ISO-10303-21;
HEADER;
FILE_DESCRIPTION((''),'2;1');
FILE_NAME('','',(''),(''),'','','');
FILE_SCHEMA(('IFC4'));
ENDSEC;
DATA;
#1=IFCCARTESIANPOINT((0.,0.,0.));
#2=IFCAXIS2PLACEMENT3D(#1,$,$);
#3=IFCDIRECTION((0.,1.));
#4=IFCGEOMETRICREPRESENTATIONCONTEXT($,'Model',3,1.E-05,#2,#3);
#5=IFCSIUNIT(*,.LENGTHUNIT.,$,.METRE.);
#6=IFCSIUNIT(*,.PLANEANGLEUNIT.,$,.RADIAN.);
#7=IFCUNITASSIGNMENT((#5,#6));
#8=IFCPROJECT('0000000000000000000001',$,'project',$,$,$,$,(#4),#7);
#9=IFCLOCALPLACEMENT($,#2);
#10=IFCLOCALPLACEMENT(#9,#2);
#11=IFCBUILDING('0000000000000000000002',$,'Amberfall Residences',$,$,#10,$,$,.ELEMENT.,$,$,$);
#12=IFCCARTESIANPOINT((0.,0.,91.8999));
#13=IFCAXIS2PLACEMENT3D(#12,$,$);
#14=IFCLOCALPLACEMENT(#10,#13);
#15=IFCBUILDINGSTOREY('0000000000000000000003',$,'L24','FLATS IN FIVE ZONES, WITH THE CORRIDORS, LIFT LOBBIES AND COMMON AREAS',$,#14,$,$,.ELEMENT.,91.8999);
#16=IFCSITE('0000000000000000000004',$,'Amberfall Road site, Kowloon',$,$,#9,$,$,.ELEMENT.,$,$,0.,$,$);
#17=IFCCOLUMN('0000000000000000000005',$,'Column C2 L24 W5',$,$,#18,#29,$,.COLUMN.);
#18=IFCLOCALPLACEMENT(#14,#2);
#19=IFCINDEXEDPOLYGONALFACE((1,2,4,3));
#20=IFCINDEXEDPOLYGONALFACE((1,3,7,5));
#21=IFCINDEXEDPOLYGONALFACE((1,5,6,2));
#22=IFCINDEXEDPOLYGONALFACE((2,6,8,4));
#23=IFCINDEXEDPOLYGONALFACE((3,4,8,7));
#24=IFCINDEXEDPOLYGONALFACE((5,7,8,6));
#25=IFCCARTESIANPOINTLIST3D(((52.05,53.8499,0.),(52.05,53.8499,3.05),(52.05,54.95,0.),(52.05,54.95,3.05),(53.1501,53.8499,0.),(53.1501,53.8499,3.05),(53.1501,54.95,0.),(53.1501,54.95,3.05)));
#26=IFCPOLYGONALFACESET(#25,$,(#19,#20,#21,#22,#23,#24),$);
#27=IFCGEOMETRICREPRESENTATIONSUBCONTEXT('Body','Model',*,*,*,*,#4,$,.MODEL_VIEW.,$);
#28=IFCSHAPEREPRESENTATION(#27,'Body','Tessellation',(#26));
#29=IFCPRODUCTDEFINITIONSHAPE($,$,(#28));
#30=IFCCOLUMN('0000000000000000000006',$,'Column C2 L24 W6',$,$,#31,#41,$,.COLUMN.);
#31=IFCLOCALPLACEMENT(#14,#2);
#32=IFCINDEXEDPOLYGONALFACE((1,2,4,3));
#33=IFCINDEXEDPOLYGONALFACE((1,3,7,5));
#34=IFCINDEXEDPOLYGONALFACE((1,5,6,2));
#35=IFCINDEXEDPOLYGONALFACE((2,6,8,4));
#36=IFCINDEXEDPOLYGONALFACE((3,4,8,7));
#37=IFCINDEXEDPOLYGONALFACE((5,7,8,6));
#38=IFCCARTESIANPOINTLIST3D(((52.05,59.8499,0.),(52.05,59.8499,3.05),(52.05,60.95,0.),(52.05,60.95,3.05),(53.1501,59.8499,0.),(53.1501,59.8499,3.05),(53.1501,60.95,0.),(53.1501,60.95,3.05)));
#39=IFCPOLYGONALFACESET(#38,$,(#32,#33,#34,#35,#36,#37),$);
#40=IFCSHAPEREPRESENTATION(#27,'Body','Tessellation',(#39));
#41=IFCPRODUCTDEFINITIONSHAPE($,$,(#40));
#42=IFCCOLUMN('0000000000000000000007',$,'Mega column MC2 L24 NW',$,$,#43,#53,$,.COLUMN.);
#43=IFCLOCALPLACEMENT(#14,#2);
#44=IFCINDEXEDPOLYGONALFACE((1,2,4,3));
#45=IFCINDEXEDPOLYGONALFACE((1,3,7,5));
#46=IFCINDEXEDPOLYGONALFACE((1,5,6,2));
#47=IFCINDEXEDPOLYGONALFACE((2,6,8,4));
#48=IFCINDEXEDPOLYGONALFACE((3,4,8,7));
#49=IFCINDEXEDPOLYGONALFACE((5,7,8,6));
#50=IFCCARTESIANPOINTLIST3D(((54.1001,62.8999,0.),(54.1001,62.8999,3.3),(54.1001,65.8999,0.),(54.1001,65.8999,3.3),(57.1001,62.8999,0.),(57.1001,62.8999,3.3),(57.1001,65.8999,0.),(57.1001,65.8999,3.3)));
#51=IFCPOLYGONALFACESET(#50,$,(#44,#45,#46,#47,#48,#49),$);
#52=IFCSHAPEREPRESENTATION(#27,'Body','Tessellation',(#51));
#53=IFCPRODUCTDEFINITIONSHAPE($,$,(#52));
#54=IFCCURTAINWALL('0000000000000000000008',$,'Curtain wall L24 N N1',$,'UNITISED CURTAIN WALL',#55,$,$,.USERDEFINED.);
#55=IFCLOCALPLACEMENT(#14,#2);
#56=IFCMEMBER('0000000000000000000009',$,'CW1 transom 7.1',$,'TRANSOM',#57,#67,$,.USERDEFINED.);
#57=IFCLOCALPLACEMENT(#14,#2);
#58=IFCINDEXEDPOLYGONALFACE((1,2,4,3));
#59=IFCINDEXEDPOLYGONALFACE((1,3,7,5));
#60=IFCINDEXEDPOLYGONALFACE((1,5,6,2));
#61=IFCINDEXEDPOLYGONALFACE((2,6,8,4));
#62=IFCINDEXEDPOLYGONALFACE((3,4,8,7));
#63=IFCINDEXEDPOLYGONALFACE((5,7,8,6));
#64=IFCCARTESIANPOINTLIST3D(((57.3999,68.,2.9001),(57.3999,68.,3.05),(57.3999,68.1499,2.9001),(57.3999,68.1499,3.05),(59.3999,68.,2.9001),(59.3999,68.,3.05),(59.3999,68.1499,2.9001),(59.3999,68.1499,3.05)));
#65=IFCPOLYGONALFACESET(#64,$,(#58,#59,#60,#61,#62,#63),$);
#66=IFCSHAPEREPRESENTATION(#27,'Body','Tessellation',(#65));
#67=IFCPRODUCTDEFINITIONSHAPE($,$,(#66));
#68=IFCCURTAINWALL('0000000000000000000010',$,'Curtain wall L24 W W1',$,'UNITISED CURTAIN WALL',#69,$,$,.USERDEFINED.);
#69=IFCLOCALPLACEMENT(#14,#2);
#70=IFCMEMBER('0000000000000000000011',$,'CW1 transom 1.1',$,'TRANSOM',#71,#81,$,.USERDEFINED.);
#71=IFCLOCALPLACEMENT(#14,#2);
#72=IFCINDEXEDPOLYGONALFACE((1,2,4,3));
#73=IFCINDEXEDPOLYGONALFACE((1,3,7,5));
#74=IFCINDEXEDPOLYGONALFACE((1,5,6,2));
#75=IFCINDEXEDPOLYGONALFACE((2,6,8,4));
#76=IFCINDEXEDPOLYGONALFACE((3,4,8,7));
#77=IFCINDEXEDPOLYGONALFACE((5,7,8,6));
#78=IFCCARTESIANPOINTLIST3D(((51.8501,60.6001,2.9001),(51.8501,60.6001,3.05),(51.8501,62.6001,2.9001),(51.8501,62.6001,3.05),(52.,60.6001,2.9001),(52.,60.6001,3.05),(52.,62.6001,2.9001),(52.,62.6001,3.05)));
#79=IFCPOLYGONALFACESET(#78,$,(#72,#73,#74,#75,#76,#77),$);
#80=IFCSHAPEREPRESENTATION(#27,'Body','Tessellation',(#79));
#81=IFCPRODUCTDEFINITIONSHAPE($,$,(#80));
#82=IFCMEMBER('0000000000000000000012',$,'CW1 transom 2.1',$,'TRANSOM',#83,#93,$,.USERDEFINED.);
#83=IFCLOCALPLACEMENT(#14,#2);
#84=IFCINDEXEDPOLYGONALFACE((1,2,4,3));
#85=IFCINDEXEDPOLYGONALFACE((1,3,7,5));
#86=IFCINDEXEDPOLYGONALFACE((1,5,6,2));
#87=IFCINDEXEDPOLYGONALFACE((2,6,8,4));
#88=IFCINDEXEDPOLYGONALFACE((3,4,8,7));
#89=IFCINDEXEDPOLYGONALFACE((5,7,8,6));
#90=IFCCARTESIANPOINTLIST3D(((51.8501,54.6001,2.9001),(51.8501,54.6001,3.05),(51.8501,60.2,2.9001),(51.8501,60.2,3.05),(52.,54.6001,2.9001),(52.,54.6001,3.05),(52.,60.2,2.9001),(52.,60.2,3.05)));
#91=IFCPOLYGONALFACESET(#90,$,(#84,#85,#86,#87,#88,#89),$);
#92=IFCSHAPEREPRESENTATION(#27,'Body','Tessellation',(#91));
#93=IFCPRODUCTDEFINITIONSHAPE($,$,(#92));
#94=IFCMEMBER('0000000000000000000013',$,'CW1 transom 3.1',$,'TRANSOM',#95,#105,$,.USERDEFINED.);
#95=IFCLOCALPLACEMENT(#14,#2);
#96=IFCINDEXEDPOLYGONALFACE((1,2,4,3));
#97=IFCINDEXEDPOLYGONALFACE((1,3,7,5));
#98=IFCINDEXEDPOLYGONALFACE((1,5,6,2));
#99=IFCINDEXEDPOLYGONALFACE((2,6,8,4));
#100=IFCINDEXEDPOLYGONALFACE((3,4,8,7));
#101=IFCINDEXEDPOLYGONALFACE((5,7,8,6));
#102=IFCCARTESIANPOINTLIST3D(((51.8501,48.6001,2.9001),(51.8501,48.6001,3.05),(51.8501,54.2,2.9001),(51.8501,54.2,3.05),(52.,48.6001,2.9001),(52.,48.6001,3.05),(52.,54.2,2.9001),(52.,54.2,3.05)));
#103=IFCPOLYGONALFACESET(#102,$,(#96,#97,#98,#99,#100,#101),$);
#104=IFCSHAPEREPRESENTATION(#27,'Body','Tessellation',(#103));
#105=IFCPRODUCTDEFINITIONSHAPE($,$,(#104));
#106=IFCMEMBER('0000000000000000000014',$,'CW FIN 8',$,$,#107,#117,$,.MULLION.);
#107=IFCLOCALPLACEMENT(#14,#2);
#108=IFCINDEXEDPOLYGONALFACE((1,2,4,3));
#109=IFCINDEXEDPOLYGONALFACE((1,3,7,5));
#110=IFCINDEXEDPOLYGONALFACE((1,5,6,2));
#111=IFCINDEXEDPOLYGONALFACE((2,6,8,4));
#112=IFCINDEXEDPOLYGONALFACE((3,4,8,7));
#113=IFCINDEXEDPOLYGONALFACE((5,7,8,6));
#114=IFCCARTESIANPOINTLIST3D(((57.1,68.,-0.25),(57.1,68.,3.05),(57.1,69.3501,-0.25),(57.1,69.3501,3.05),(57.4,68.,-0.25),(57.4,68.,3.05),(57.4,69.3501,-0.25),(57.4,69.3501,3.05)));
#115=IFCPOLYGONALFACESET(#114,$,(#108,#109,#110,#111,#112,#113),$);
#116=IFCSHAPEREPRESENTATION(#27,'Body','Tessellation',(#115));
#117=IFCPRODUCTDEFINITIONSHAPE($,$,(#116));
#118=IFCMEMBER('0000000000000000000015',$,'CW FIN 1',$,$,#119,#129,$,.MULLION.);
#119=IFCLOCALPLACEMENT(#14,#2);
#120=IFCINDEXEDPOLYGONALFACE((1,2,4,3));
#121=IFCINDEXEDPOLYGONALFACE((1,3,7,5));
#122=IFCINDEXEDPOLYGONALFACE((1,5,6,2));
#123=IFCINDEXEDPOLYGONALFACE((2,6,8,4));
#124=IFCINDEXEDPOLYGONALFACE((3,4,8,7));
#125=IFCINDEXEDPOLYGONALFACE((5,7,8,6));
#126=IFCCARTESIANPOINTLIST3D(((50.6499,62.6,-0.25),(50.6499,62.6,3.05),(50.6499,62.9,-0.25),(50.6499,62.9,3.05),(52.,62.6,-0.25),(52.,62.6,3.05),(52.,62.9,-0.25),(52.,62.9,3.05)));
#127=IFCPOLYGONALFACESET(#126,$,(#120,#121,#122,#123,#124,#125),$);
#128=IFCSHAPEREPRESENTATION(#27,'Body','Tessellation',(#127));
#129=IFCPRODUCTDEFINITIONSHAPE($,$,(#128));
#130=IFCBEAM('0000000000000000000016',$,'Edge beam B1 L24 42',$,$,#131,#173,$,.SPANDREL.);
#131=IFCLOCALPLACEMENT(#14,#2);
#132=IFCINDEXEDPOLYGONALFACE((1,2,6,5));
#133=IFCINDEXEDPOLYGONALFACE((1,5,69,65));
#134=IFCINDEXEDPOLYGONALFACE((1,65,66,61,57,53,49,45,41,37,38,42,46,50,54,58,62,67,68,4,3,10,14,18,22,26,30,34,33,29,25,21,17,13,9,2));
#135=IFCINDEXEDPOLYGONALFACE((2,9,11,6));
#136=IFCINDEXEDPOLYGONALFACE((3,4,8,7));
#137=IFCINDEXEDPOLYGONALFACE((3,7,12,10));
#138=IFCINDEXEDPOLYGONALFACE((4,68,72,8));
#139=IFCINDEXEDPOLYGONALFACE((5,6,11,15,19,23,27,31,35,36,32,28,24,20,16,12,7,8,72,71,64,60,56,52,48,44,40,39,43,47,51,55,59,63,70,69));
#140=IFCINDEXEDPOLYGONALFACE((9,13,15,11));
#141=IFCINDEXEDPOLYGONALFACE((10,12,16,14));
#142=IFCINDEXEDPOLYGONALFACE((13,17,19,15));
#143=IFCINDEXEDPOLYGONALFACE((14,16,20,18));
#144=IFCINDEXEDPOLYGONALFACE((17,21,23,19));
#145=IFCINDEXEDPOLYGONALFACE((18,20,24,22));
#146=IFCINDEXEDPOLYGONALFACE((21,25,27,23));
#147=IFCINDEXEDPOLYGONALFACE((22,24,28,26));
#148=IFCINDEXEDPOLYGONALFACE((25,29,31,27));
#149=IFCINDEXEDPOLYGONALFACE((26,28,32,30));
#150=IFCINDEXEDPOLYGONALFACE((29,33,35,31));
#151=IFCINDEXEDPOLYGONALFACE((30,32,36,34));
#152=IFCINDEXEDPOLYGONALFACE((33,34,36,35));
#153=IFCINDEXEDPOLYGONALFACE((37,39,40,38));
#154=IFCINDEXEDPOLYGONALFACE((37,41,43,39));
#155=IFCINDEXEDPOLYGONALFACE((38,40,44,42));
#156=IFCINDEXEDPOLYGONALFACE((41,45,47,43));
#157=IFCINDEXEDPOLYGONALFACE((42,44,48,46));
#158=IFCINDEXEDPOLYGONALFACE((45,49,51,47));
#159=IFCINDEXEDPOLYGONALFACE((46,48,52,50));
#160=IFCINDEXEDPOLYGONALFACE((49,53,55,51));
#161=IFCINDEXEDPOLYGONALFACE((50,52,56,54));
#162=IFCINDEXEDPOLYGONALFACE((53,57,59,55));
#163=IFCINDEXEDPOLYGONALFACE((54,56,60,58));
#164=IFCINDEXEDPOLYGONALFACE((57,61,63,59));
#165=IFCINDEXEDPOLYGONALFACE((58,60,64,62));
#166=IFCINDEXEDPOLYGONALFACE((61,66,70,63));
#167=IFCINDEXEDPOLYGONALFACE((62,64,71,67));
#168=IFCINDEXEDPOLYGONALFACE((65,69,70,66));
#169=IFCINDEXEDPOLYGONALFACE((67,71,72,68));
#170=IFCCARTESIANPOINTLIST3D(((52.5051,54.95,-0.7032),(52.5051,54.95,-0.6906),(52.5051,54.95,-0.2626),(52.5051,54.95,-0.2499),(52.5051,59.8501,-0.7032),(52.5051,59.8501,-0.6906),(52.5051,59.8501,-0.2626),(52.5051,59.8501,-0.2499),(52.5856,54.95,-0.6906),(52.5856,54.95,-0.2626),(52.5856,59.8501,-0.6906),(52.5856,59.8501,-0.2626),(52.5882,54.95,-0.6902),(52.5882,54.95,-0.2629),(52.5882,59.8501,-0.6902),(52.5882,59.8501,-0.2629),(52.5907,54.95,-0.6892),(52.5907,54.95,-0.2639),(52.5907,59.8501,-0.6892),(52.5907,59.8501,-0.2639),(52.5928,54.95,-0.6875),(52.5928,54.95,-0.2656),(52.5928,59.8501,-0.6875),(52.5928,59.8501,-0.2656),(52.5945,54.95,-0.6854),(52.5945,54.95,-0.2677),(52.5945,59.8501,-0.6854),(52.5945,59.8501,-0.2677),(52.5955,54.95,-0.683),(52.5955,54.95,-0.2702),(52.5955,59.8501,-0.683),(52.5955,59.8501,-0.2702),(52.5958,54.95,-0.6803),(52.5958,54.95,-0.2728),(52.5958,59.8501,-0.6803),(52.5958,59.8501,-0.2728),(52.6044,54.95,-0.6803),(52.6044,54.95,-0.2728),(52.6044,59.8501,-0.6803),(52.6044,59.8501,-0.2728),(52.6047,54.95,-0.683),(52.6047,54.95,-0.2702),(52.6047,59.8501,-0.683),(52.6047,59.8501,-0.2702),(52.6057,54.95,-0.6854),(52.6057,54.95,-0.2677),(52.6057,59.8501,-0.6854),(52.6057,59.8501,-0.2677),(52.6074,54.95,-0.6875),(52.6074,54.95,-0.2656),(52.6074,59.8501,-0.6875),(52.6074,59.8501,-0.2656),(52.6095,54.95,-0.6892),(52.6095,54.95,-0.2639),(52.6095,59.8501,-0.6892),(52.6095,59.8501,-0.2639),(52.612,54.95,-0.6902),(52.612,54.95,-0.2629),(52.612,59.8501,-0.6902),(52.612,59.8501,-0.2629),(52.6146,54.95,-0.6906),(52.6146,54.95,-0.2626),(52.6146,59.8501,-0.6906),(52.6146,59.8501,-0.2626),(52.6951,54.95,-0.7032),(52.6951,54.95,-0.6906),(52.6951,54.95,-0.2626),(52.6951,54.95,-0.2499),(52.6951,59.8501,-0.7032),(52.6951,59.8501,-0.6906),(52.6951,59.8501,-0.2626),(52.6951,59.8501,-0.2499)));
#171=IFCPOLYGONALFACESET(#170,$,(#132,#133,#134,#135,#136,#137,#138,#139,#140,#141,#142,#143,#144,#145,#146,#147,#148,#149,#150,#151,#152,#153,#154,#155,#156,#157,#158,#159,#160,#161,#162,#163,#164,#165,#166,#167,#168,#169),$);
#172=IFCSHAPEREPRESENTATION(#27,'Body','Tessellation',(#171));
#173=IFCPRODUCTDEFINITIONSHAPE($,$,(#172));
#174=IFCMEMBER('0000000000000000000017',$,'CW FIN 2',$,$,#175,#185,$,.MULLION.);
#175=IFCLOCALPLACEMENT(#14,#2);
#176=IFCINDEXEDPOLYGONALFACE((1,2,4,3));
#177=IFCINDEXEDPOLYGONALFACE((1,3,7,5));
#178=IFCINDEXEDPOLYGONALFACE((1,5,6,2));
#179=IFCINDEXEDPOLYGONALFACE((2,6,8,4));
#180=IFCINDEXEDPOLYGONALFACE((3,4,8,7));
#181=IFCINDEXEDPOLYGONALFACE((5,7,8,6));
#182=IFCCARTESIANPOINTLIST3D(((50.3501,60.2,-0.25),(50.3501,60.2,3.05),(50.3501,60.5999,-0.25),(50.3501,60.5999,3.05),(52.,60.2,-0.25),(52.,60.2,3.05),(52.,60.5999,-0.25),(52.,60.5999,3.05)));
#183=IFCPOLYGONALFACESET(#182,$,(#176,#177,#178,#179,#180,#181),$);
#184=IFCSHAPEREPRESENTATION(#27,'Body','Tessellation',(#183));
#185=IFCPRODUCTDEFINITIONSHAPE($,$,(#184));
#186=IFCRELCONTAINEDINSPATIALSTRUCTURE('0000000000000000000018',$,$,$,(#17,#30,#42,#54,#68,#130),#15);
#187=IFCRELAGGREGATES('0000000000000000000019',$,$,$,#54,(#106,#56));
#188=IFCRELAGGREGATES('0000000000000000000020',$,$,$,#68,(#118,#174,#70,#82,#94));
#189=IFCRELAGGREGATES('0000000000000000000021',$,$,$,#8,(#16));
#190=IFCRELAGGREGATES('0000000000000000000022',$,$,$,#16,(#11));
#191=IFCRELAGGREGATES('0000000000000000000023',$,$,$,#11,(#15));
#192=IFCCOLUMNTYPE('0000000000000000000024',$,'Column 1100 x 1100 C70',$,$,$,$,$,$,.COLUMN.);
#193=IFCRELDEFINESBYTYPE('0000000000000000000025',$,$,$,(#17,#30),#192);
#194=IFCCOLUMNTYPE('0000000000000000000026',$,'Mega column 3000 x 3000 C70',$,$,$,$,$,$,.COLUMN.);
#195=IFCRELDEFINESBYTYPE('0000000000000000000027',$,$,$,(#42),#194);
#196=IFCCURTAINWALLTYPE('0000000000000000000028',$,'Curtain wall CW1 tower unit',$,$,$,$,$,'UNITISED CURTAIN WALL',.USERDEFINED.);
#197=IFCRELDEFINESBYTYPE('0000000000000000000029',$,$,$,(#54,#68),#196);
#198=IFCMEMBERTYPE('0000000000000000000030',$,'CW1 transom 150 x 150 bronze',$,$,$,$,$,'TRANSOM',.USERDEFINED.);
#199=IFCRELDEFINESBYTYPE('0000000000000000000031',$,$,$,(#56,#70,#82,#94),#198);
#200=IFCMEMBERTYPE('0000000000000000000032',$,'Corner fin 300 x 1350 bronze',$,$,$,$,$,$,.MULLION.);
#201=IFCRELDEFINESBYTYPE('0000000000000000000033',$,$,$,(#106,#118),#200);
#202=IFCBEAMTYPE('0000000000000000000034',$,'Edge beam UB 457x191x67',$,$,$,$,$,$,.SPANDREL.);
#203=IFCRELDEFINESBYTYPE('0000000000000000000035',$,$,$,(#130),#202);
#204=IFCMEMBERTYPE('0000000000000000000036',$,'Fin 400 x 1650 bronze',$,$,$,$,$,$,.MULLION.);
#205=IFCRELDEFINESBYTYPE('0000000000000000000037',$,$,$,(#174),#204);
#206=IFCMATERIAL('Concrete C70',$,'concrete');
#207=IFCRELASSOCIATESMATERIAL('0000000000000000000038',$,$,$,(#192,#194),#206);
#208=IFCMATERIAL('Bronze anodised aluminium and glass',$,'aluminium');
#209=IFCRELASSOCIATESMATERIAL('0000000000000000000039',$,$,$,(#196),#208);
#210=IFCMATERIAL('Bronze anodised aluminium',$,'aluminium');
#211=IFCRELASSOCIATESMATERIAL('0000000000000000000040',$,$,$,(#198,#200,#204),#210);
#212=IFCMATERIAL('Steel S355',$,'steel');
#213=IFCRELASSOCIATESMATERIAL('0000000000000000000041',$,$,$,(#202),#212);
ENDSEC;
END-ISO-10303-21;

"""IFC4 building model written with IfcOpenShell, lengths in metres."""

from ifc_helpers import new_model, si_unit, direction, frame, origin, origin_2d, place, context, subcontext, project, spatial, rectangle, i_section, extrude, material, material_profile, profile_set, type_object, element, aggregate, save


model = new_model("IFC4")

# Units and contexts
model_context = context("Model", 3, precision=1e-05, world=origin(), true_north=direction((0.0, 1.0)))
body_context = subcontext(model_context, "Body", "Model", "MODEL_VIEW")
ifc_project = project(units=[si_unit("LENGTHUNIT", "METRE"), si_unit("PLANEANGLEUNIT", "RADIAN")], contexts=[model_context])

# Site, building, storey
site_placement = place(None, origin())
site = spatial("IfcSite", under=ifc_project, at=site_placement, Name="Amberfall Road site, Kowloon", CompositionType="ELEMENT", RefElevation=0.0)
building_placement = place(site_placement, origin())
building = spatial("IfcBuilding", under=site, at=building_placement, Name="Amberfall Residences", CompositionType="ELEMENT")
storey_placement = place(building_placement, frame((0.0, 0.0, 91.8999)))
storey = spatial("IfcBuildingStorey", under=building, at=storey_placement, Name="L24", Description="FLATS IN FIVE ZONES, WITH THE CORRIDORS, LIFT LOBBIES AND COMMON AREAS", CompositionType="ELEMENT", Elevation=91.8999)

# Columns
ifc_material_1 = material(Name="Concrete C70", Category="concrete")
ifc_material_profile_1 = material_profile(ifc_material_1, rectangle(XDim=1.1001, YDim=1.1001, at=origin_2d()), Name="Column 1100 x 1100 C70")
ifc_profile_set_1 = profile_set([ifc_material_profile_1], Name="Concrete C70")
column_type_1 = type_object("IfcColumnType", Name="Column 1100 x 1100 C70", PredefinedType="COLUMN", material=ifc_profile_set_1)
for number, where, z_axis, x_axis, name in (
    (1, (52.6001, 54.3999, 0.0), (0.0, 0.0, 1.0), (1.0, 0.0, 0.0), "Column C2 L24 W5"),
    (2, (52.6001, 60.3999, 0.0), (0.0, 0.0, 1.0), (1.0, 0.0, 0.0), "Column C2 L24 W6"),
):
    element("IfcColumn", number, at=place(storey_placement, frame(where, z_axis=z_axis, x_axis=x_axis)), inside=storey, type_object=column_type_1, Name=name, PredefinedType="COLUMN", context=body_context, shape_type="SweptSolid", body=[
        extrude(rectangle(XDim=1.1001, YDim=1.1001, at=origin_2d()), origin(), (0.0, 0.0, 1.0), 3.05),
    ])
ifc_material_profile_2 = material_profile(ifc_material_1, rectangle(XDim=3.0, YDim=3.0, at=origin_2d()), Name="Mega column 3000 x 3000 C70")
ifc_profile_set_2 = profile_set([ifc_material_profile_2], Name="Concrete C70")
column_type_2 = type_object("IfcColumnType", Name="Mega column 3000 x 3000 C70", PredefinedType="COLUMN", material=ifc_profile_set_2)
column_placement = place(storey_placement, frame((55.6001, 64.3999, 0.0), z_axis=(0.0, 0.0, 1.0), x_axis=(1.0, 0.0, 0.0)))
element("IfcColumn", 3, at=column_placement, inside=storey, type_object=column_type_2, Name="Mega column MC2 L24 NW", PredefinedType="COLUMN", context=body_context, shape_type="SweptSolid", body=[
    extrude(rectangle(XDim=3.0, YDim=3.0, at=origin_2d()), origin(), (0.0, 0.0, 1.0), 3.3),
])

# Curtain wall, member
ifc_material_2 = material(Name="Bronze anodised aluminium and glass", Category="aluminium")
curtain_wall_type = type_object("IfcCurtainWallType", Name="Curtain wall CW1 tower unit", ElementType="UNITISED CURTAIN WALL", PredefinedType="USERDEFINED", material=ifc_material_2)
curtain_wall_1_placement = place(storey_placement, origin())
curtain_wall_1 = element("IfcCurtainWall", 4, at=curtain_wall_1_placement, inside=storey, type_object=curtain_wall_type, Name="Curtain wall L24 N N1", ObjectType="UNITISED CURTAIN WALL", PredefinedType="USERDEFINED")
ifc_material_3 = material(Name="Bronze anodised aluminium", Category="aluminium")
ifc_material_profile_3 = material_profile(ifc_material_3, rectangle(XDim=0.1499, YDim=0.1499, at=origin_2d()), Name="CW1 transom 150 x 150 bronze")
ifc_profile_set_3 = profile_set([ifc_material_profile_3], Name="Bronze anodised aluminium")
member_type_1 = type_object("IfcMemberType", Name="CW1 transom 150 x 150 bronze", ElementType="TRANSOM", PredefinedType="USERDEFINED", material=ifc_profile_set_3)
member_1_placement = place(storey_placement, frame((59.3999, 68.075, 2.9751), z_axis=(-1.0, 0.0, 0.0), x_axis=(0.0, -1.0, 0.0)))
member_1 = element("IfcMember", 5, at=member_1_placement, type_object=member_type_1, Name="CW1 transom 7.1", ObjectType="TRANSOM", PredefinedType="USERDEFINED", context=body_context, shape_type="SweptSolid", body=[
    extrude(rectangle(XDim=0.1499, YDim=0.1499, at=origin_2d()), origin(), (0.0, 0.0, 1.0), 2.0),
])

# Curtain wall, members
curtain_wall_2_placement = place(storey_placement, origin())
curtain_wall_2 = element("IfcCurtainWall", 6, at=curtain_wall_2_placement, inside=storey, type_object=curtain_wall_type, Name="Curtain wall L24 W W1", ObjectType="UNITISED CURTAIN WALL", PredefinedType="USERDEFINED")
member_2_placement = place(storey_placement, frame((51.925, 62.6001, 2.9751), z_axis=(0.0, -1.0, 0.0), x_axis=(1.0, 0.0, 0.0)))
member_2 = element("IfcMember", 7, at=member_2_placement, type_object=member_type_1, Name="CW1 transom 1.1", ObjectType="TRANSOM", PredefinedType="USERDEFINED", context=body_context, shape_type="SweptSolid", body=[
    extrude(rectangle(XDim=0.1499, YDim=0.1499, at=origin_2d()), origin(), (0.0, 0.0, 1.0), 2.0),
])
member_3_placement = place(storey_placement, frame((51.925, 60.2, 2.9751), z_axis=(0.0, -1.0, 0.0), x_axis=(1.0, 0.0, 0.0)))
member_3 = element("IfcMember", 8, at=member_3_placement, type_object=member_type_1, Name="CW1 transom 2.1", ObjectType="TRANSOM", PredefinedType="USERDEFINED", context=body_context, shape_type="SweptSolid", body=[
    extrude(rectangle(XDim=0.1499, YDim=0.1499, at=origin_2d()), origin(), (0.0, 0.0, 1.0), 5.5999),
])
member_4_placement = place(storey_placement, frame((51.925, 54.2, 2.9751), z_axis=(0.0, -1.0, 0.0), x_axis=(1.0, 0.0, 0.0)))
member_4 = element("IfcMember", 9, at=member_4_placement, type_object=member_type_1, Name="CW1 transom 3.1", ObjectType="TRANSOM", PredefinedType="USERDEFINED", context=body_context, shape_type="SweptSolid", body=[
    extrude(rectangle(XDim=0.1499, YDim=0.1499, at=origin_2d()), origin(), (0.0, 0.0, 1.0), 5.5999),
])

# Members
ifc_material_profile_4 = material_profile(ifc_material_3, rectangle(XDim=1.3501, YDim=0.3, at=origin_2d()), Name="Corner fin 300 x 1350 bronze")
ifc_profile_set_4 = profile_set([ifc_material_profile_4], Name="Bronze anodised aluminium")
member_type_2 = type_object("IfcMemberType", Name="Corner fin 300 x 1350 bronze", PredefinedType="MULLION", material=ifc_profile_set_4)
member_5_placement = place(storey_placement, frame((57.25, 68.675, -0.25), z_axis=(0.0, 0.0, 1.0), x_axis=(0.0, -1.0, 0.0)))
member_5 = element("IfcMember", 10, at=member_5_placement, type_object=member_type_2, Name="CW FIN 8", PredefinedType="MULLION", context=body_context, shape_type="SweptSolid", body=[
    extrude(rectangle(XDim=1.3501, YDim=0.3, at=origin_2d()), origin(), (0.0, 0.0, 1.0), 3.3),
])
member_6_placement = place(storey_placement, frame((51.325, 62.75, -0.25), z_axis=(0.0, 0.0, 1.0), x_axis=(1.0, 0.0, 0.0)))
member_6 = element("IfcMember", 11, at=member_6_placement, type_object=member_type_2, Name="CW FIN 1", PredefinedType="MULLION", context=body_context, shape_type="SweptSolid", body=[
    extrude(rectangle(XDim=1.3501, YDim=0.3, at=origin_2d()), origin(), (0.0, 0.0, 1.0), 3.3),
])

# Beam
ifc_material_4 = material(Name="Steel S355", Category="steel")
ifc_material_profile_5 = material_profile(ifc_material_4, i_section(OverallWidth=0.1899, OverallDepth=0.4534, WebThickness=0.0085, FlangeThickness=0.0127, FilletRadius=0.0103, at=origin_2d()), Name="UB 457x191x67")
ifc_profile_set_5 = profile_set([ifc_material_profile_5], Name="Steel S355")
beam_type_1 = type_object("IfcBeamType", Name="Edge beam UB 457x191x67", PredefinedType="SPANDREL", material=ifc_profile_set_5)
beam_1_placement = place(storey_placement, frame((52.6001, 54.95, -0.4766), z_axis=(0.0, 1.0, 0.0), x_axis=(-1.0, 0.0, 0.0)))
element("IfcBeam", 12, at=beam_1_placement, inside=storey, type_object=beam_type_1, Name="Edge beam B1 L24 42", PredefinedType="SPANDREL", context=body_context, shape_type="SweptSolid", body=[
    extrude(i_section(OverallWidth=0.1899, OverallDepth=0.4534, WebThickness=0.0085, FlangeThickness=0.0127, FilletRadius=0.0103, at=origin_2d()), origin(), (0.0, 0.0, 1.0), 4.9001),
])

# Member
ifc_material_profile_6 = material_profile(ifc_material_3, rectangle(XDim=1.6499, YDim=0.3999, at=origin_2d()), Name="Fin 400 x 1650 bronze")
ifc_profile_set_6 = profile_set([ifc_material_profile_6], Name="Bronze anodised aluminium")
member_type_3 = type_object("IfcMemberType", Name="Fin 400 x 1650 bronze", PredefinedType="MULLION", material=ifc_profile_set_6)
member_7_placement = place(storey_placement, frame((51.175, 60.3999, -0.25), z_axis=(0.0, 0.0, 1.0), x_axis=(1.0, 0.0, 0.0)))
member_7 = element("IfcMember", 13, at=member_7_placement, type_object=member_type_3, Name="CW FIN 2", PredefinedType="MULLION", context=body_context, shape_type="SweptSolid", body=[
    extrude(rectangle(XDim=1.6499, YDim=0.3999, at=origin_2d()), origin(), (0.0, 0.0, 1.0), 3.3),
])

aggregate(curtain_wall_1, [member_5, member_1])
aggregate(curtain_wall_2, [member_6, member_7, member_2, member_3, member_4])

save(model, "model.ifc")
